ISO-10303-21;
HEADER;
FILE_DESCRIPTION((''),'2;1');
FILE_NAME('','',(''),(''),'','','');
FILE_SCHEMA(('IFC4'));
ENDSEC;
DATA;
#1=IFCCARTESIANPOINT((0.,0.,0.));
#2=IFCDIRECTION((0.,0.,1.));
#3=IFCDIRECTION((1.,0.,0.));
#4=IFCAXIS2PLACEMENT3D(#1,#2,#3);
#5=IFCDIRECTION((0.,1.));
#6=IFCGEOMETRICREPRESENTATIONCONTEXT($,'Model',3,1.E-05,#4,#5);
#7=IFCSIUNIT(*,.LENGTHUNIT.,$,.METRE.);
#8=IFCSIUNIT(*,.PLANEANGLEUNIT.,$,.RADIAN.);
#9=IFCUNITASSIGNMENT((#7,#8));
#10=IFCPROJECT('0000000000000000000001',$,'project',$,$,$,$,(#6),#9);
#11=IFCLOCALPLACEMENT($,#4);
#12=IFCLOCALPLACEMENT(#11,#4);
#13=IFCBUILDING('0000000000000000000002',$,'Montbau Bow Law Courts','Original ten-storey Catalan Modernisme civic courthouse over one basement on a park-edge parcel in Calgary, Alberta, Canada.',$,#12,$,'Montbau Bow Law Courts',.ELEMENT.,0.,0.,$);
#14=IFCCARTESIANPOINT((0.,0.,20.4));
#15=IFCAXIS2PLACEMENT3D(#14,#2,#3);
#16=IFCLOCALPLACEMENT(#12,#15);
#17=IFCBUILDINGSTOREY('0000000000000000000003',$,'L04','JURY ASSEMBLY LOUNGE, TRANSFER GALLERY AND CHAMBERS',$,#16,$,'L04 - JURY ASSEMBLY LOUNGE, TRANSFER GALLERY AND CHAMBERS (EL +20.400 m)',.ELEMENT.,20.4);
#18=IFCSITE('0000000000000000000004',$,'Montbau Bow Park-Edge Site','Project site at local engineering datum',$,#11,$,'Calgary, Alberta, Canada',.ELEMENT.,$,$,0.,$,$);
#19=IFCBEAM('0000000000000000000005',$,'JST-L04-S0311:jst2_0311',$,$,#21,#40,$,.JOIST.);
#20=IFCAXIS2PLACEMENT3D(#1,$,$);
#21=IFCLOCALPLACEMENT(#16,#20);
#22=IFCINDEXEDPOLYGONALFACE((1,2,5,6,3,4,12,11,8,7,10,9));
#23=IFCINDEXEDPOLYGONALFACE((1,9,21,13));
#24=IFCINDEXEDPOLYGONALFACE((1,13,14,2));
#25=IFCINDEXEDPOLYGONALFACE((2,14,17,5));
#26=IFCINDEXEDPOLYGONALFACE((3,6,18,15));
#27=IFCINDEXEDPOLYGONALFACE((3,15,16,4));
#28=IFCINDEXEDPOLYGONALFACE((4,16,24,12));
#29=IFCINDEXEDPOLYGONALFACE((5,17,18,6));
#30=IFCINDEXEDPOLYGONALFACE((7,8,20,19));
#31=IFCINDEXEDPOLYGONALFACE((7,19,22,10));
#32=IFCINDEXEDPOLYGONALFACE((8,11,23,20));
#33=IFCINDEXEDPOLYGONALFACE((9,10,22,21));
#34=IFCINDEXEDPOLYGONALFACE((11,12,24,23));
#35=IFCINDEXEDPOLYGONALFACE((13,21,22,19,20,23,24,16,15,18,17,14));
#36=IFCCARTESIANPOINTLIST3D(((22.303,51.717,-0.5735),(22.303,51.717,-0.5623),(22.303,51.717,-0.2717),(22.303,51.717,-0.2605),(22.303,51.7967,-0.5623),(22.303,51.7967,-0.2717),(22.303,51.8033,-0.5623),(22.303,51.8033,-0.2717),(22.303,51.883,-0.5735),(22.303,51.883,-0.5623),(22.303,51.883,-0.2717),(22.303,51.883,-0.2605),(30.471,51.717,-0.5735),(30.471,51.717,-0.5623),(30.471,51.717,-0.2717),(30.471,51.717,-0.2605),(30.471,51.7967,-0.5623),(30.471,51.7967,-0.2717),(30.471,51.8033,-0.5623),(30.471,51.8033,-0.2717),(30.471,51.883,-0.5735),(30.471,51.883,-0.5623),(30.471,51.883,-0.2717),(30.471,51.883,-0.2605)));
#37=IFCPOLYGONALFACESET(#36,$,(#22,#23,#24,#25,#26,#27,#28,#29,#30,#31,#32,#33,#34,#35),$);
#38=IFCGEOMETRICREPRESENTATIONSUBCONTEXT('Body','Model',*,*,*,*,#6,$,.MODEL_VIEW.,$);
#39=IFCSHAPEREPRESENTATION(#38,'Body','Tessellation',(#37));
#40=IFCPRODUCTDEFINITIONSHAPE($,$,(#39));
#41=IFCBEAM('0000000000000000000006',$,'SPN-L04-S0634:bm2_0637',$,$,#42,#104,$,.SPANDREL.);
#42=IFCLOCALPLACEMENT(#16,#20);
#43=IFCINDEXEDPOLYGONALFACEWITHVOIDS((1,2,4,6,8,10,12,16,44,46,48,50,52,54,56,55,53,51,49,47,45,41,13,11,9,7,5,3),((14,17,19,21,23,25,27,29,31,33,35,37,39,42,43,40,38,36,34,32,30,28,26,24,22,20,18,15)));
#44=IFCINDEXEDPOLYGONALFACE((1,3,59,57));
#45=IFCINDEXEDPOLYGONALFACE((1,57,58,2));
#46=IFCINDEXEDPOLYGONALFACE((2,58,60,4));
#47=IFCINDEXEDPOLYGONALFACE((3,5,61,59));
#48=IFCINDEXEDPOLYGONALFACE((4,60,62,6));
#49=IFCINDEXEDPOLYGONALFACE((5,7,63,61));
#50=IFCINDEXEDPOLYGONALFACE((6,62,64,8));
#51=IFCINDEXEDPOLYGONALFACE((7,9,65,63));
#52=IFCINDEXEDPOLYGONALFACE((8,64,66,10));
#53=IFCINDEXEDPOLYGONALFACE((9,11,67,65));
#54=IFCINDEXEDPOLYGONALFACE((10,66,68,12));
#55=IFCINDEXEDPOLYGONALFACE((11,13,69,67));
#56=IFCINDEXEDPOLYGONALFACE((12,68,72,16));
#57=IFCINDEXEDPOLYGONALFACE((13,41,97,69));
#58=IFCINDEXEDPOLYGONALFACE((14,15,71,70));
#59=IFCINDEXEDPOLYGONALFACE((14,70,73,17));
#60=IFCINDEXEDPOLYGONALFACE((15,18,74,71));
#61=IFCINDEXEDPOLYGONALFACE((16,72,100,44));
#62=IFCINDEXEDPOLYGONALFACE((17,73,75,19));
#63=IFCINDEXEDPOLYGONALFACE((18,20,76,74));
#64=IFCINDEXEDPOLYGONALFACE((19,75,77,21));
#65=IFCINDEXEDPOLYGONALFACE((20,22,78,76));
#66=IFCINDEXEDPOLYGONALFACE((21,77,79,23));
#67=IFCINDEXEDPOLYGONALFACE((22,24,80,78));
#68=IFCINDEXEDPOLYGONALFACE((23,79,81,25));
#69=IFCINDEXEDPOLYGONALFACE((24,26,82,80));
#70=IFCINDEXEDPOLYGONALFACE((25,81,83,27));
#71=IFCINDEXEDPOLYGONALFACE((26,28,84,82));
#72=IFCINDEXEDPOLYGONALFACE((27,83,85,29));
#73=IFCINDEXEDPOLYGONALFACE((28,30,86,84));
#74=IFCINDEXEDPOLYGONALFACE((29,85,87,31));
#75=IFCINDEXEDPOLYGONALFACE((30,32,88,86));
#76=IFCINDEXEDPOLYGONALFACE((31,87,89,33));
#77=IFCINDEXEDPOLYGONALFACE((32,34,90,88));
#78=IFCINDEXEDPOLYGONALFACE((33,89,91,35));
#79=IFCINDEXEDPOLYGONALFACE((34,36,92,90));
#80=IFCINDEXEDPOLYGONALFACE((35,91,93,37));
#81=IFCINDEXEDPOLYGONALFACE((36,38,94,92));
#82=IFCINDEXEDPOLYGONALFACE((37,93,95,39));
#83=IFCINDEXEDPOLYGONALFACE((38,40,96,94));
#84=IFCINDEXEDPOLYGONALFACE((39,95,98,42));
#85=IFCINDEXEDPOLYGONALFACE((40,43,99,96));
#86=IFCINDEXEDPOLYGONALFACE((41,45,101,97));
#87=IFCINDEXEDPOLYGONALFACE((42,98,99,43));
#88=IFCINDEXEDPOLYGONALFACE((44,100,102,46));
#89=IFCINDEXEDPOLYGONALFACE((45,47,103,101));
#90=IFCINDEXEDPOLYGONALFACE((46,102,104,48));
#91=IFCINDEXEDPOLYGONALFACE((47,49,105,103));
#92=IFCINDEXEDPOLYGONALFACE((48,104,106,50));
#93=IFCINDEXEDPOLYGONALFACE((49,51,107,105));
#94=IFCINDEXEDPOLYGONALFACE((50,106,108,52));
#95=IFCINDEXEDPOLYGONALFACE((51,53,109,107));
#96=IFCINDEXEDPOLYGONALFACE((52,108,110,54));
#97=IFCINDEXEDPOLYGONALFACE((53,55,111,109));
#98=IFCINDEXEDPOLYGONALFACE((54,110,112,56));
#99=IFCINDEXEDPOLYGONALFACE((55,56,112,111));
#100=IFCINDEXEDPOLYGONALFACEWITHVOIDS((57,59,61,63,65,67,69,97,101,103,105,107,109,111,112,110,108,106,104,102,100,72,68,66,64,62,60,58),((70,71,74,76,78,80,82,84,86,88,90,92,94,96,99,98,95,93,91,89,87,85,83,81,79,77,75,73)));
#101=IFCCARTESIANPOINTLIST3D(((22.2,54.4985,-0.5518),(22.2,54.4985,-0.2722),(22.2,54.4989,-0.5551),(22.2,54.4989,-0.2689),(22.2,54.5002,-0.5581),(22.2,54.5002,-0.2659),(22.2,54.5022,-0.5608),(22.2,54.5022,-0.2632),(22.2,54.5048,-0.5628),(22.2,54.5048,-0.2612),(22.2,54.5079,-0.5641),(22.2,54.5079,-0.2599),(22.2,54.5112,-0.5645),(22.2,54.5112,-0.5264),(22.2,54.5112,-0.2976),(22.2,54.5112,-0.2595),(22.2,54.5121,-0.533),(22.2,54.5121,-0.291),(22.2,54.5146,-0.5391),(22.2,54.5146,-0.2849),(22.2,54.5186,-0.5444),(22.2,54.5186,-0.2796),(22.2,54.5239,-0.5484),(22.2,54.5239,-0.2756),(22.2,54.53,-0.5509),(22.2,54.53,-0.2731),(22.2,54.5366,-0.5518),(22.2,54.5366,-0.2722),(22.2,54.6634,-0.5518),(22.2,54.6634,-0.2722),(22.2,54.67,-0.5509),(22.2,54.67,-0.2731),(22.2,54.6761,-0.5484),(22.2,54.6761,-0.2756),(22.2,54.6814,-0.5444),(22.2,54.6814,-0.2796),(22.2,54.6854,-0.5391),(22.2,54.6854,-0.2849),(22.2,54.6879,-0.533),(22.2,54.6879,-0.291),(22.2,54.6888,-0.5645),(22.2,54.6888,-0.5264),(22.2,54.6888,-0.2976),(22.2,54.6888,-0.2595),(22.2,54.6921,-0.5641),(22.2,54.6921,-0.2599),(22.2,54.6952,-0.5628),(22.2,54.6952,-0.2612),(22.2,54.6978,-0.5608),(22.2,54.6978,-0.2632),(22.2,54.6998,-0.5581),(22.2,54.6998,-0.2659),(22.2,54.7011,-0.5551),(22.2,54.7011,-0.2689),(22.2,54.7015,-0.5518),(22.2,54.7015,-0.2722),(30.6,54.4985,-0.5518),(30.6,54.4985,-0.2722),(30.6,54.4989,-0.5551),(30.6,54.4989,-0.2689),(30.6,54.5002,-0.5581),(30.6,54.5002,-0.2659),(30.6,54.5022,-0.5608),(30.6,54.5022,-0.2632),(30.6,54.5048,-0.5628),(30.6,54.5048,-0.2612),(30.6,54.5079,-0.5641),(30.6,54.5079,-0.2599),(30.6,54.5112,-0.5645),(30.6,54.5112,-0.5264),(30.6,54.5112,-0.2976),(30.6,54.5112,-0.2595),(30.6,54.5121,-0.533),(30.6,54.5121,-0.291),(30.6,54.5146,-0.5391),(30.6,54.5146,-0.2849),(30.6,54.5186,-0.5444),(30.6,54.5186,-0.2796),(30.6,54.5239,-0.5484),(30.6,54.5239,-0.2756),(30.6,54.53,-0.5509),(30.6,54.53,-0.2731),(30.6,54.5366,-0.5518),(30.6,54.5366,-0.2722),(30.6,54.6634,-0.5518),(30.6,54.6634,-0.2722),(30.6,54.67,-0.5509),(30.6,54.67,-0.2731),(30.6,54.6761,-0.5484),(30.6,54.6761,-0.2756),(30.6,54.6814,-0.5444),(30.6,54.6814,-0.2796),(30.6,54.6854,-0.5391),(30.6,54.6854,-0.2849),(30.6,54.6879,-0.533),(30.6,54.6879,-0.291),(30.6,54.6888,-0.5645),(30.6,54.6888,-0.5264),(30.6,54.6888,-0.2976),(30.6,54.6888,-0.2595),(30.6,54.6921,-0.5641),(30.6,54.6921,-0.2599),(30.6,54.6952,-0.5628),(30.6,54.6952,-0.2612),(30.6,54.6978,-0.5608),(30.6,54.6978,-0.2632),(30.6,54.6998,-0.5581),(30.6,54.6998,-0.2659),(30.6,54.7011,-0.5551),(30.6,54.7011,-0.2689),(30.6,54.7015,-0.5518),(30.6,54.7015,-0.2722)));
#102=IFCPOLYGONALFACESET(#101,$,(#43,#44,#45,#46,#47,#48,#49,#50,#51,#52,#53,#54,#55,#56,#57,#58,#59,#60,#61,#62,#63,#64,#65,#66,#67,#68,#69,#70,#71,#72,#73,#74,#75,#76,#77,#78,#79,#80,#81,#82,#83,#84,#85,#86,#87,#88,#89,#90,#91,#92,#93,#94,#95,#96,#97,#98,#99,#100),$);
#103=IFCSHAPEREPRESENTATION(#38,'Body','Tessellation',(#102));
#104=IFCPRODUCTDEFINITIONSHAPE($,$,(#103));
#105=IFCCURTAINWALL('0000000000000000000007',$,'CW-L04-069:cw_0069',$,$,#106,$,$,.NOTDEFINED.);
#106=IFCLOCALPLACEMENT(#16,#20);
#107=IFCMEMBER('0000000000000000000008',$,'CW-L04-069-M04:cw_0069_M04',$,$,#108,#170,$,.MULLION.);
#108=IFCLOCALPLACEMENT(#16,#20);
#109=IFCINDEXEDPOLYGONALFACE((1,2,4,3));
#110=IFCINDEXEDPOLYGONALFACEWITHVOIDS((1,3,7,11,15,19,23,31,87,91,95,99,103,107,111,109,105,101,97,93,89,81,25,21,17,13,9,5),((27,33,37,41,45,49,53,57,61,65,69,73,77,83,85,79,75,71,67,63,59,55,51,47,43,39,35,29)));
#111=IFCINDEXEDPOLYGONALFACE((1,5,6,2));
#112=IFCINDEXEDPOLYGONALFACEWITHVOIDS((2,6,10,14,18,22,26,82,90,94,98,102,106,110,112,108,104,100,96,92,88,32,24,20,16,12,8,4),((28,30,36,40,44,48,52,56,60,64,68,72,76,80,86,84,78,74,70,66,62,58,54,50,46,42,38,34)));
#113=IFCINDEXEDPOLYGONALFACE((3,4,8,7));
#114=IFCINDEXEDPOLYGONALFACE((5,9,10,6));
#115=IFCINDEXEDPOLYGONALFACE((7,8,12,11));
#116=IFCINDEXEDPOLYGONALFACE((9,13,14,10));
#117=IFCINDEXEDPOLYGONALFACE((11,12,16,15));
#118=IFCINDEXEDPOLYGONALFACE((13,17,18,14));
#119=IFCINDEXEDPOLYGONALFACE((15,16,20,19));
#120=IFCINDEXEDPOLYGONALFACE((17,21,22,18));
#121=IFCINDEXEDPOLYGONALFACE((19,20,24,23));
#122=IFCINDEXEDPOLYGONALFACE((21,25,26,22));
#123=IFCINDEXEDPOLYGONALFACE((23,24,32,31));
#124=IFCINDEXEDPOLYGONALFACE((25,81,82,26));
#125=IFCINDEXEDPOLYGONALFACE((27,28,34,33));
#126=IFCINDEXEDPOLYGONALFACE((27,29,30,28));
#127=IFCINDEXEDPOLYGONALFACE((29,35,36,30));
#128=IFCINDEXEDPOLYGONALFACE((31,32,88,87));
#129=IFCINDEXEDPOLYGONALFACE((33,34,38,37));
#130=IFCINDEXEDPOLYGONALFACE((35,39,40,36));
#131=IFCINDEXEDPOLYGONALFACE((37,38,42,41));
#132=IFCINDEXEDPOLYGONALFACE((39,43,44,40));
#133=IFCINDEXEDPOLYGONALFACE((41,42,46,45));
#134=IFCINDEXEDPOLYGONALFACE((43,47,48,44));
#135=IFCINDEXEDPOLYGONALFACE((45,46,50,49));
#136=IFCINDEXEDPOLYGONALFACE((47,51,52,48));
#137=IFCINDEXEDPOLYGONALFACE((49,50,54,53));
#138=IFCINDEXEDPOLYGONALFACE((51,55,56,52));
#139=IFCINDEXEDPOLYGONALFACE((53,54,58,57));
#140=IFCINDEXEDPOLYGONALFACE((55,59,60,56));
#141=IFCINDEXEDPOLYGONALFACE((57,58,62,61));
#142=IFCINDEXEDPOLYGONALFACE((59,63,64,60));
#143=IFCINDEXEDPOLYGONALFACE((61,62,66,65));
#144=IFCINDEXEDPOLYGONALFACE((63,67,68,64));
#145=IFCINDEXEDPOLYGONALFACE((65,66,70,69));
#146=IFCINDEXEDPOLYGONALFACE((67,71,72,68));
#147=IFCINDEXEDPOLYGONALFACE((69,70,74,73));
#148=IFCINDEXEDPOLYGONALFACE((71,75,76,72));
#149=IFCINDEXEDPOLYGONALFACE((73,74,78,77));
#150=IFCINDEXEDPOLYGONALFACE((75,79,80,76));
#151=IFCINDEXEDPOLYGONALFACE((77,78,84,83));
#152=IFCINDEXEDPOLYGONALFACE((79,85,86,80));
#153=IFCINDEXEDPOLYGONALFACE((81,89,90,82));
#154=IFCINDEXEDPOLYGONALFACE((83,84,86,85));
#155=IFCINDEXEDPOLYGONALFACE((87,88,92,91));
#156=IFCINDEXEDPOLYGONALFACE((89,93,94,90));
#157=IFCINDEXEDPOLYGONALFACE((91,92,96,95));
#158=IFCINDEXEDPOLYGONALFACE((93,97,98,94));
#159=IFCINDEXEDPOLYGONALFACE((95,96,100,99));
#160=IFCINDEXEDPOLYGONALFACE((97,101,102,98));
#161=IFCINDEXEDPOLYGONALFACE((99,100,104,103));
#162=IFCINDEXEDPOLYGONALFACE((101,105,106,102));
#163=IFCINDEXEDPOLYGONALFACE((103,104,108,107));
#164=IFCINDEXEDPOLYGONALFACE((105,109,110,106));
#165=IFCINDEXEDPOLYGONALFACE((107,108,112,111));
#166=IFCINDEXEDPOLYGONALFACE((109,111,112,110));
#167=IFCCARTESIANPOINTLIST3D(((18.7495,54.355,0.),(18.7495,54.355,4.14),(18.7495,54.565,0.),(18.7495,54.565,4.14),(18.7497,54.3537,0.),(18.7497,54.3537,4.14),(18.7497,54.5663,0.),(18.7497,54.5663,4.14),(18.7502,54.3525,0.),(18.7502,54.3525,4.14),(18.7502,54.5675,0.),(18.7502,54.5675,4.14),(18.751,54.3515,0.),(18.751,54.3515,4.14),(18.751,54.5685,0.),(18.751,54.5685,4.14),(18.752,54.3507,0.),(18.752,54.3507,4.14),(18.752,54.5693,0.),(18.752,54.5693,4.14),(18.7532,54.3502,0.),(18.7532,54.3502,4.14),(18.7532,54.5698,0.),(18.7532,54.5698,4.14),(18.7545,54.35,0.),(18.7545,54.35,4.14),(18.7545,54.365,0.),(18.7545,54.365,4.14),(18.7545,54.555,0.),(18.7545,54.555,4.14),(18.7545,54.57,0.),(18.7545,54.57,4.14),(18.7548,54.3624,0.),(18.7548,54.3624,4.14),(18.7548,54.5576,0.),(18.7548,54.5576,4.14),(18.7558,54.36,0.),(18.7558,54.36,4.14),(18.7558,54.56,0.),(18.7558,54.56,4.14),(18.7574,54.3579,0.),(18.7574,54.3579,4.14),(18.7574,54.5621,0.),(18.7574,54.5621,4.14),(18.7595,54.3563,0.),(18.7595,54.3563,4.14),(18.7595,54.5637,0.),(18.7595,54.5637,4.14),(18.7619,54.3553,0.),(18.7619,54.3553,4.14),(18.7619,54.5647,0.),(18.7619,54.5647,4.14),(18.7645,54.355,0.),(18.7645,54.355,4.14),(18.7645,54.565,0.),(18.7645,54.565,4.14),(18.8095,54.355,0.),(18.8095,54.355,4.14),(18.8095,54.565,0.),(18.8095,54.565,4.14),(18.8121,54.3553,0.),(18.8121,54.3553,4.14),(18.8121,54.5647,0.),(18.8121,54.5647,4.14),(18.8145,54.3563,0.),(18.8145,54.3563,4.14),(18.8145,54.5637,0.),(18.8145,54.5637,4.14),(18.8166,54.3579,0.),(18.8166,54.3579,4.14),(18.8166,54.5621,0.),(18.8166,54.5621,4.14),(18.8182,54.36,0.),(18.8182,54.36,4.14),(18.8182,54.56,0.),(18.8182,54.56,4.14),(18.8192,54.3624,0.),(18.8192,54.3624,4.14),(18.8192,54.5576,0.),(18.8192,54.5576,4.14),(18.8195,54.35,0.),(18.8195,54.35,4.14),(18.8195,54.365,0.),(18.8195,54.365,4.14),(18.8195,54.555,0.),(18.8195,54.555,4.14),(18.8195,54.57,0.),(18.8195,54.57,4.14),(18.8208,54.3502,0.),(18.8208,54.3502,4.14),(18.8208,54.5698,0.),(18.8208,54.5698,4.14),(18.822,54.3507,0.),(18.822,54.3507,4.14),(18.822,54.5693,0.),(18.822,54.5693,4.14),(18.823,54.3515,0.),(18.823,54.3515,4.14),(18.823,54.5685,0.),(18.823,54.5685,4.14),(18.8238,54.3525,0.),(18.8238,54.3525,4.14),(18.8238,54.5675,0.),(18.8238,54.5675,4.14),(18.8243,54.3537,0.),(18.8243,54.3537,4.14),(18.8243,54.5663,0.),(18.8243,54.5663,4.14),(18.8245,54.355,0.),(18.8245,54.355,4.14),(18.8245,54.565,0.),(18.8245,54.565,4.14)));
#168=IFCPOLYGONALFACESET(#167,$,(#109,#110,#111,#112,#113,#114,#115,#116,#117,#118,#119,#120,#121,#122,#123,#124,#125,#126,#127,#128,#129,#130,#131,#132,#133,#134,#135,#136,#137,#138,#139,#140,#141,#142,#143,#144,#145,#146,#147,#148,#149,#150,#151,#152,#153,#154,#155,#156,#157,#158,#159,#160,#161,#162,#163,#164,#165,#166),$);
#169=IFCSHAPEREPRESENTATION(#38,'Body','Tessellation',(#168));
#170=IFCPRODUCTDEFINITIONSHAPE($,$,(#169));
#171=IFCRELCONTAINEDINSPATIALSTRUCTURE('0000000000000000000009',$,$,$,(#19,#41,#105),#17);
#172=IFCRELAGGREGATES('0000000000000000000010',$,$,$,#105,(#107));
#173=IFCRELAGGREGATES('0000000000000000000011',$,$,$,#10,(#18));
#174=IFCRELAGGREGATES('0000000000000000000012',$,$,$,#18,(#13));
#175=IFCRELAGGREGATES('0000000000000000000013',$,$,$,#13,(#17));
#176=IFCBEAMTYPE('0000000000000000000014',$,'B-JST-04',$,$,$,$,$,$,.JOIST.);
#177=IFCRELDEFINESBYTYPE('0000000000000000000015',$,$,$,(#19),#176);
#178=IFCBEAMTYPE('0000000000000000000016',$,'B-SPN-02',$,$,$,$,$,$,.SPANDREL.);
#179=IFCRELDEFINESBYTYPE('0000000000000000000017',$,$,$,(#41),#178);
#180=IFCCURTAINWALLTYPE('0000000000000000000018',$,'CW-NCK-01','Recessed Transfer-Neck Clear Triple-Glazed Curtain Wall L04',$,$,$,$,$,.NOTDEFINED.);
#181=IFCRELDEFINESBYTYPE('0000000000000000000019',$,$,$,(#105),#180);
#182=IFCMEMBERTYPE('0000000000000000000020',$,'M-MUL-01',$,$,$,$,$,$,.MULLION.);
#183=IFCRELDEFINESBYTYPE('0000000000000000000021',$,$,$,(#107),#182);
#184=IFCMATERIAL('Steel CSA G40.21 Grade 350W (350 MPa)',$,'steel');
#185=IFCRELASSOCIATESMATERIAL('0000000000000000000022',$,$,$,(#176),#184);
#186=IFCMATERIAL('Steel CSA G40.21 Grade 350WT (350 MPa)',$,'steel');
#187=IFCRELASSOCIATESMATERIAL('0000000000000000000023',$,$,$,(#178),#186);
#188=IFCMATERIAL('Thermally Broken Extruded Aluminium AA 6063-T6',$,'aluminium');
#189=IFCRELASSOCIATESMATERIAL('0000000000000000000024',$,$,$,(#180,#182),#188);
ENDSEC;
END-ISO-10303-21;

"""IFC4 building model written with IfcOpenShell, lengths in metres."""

from ifc_helpers import new_model, si_unit, direction, frame, origin_with_axes, origin_2d_with_axis, place, context, subcontext, project, spatial, hollow_rectangle, i_section, extrude, material, material_profile, profile_set, type_object, element, aggregate, save


model = new_model("IFC4")

# Units and contexts
model_context = context("Model", 3, precision=1e-05, world=origin_with_axes(), true_north=direction((0.0, 1.0)))
body_context = subcontext(model_context, "Body", "Model", "MODEL_VIEW")
ifc_project = project(units=[si_unit("LENGTHUNIT", "METRE"), si_unit("PLANEANGLEUNIT", "RADIAN")], contexts=[model_context])

# Site, building, storey
site_placement = place(None, origin_with_axes())
site = spatial("IfcSite", under=ifc_project, at=site_placement, Name="Montbau Bow Park-Edge Site", Description="Project site at local engineering datum", LongName="Calgary, Alberta, Canada", CompositionType="ELEMENT", RefElevation=0.0)
building_placement = place(site_placement, origin_with_axes())
building = spatial("IfcBuilding", under=site, at=building_placement, Name="Montbau Bow Law Courts", Description="Original ten-storey Catalan Modernisme civic courthouse over one basement on a park-edge parcel in Calgary, Alberta, Canada.", LongName="Montbau Bow Law Courts", CompositionType="ELEMENT", ElevationOfRefHeight=0.0, ElevationOfTerrain=0.0)
storey_placement = place(building_placement, frame((0.0, 0.0, 20.4), z_axis=(0.0, 0.0, 1.0), x_axis=(1.0, 0.0, 0.0)))
storey = spatial("IfcBuildingStorey", under=building, at=storey_placement, Name="L04", Description="JURY ASSEMBLY LOUNGE, TRANSFER GALLERY AND CHAMBERS", LongName="L04 - JURY ASSEMBLY LOUNGE, TRANSFER GALLERY AND CHAMBERS (EL +20.400 m)", CompositionType="ELEMENT", Elevation=20.4)

# Shared definitions
ifc_material_1 = material(Name="Steel CSA G40.21 Grade 350WT (350 MPa)", Category="steel")
ifc_material_2 = material(Name="Steel CSA G40.21 Grade 350W (350 MPa)", Category="steel")

# Beams
ifc_material_profile_1 = material_profile(ifc_material_2, i_section(OverallWidth=0.166, OverallDepth=0.313, WebThickness=0.0066, FlangeThickness=0.0112, at=origin_2d_with_axis()), Name="W310X45", Category="Main", Priority=0)
ifc_profile_set_1 = profile_set([ifc_material_profile_1], Name="Steel CSA G40.21 Grade 350W (350 MPa)")
beam_type_1 = type_object("IfcBeamType", Name="B-JST-04", PredefinedType="JOIST", material=ifc_profile_set_1)
beam_1_placement = place(None, frame((22.303, 51.8, 19.983), z_axis=(1.0, 0.0, 0.0), x_axis=(0.0, 1.0, 0.0)))
element("IfcBeam", 1, at=beam_1_placement, inside=storey, type_object=beam_type_1, Name="JST-L04-S0311:jst2_0311", PredefinedType="JOIST", context=body_context, shape_type="SweptSolid", body=[
    extrude(i_section(OverallWidth=0.166, OverallDepth=0.313, WebThickness=0.0066, FlangeThickness=0.0112, at=origin_2d_with_axis()), origin_with_axes(), (0.0, 0.0, 1.0), 8.168),
])
ifc_material_profile_2 = material_profile(ifc_material_1, hollow_rectangle(XDim=0.203, YDim=0.305, WallThickness=0.0127, InnerFilletRadius=0.0254, OuterFilletRadius=0.0127, at=origin_2d_with_axis()), Name="HSS305X203X13", Category="Main", Priority=0)
ifc_profile_set_2 = profile_set([ifc_material_profile_2], Name="Steel CSA G40.21 Grade 350WT (350 MPa)")
beam_type_2 = type_object("IfcBeamType", Name="B-SPN-02", PredefinedType="SPANDREL", material=ifc_profile_set_2)
beam_2_placement = place(None, frame((22.2, 54.6, 19.988), z_axis=(1.0, 0.0, 0.0), x_axis=(0.0, 1.0, 0.0)))
element("IfcBeam", 2, at=beam_2_placement, inside=storey, type_object=beam_type_2, Name="SPN-L04-S0634:bm2_0637", PredefinedType="SPANDREL", context=body_context, shape_type="SweptSolid", body=[
    extrude(hollow_rectangle(XDim=0.203, YDim=0.305, WallThickness=0.0127, InnerFilletRadius=0.0254, OuterFilletRadius=0.0127, at=origin_2d_with_axis()), origin_with_axes(), (0.0, 0.0, 1.0), 8.4),
])

# Curtain wall, member
ifc_material_3 = material(Name="Thermally Broken Extruded Aluminium AA 6063-T6", Category="aluminium")
curtain_wall_type = type_object("IfcCurtainWallType", Name="CW-NCK-01", Description="Recessed Transfer-Neck Clear Triple-Glazed Curtain Wall L04", PredefinedType="NOTDEFINED", material=ifc_material_3)
curtain_wall_1_placement = place(None, frame((14.068, 54.46, 20.4), z_axis=(0.0, 0.0, 1.0), x_axis=(1.0, 0.0, 0.0)))
curtain_wall_1 = element("IfcCurtainWall", 3, at=curtain_wall_1_placement, inside=storey, type_object=curtain_wall_type, Name="CW-L04-069:cw_0069", PredefinedType="NOTDEFINED")
ifc_material_profile_3 = material_profile(ifc_material_3, hollow_rectangle(XDim=0.075, YDim=0.22, WallThickness=0.005, InnerFilletRadius=0.01, OuterFilletRadius=0.005, at=origin_2d_with_axis()), Name="CWM-220X75", Category="Main", Priority=0)
ifc_profile_set_3 = profile_set([ifc_material_profile_3], Name="Thermally Broken Extruded Aluminium AA 6063-T6")
member_type_1 = type_object("IfcMemberType", Name="M-MUL-01", PredefinedType="MULLION", material=ifc_profile_set_3)
member_1_placement = place(None, frame((18.787, 54.46, 20.4), z_axis=(0.0, 0.0, 1.0), x_axis=(1.0, 0.0, 0.0)))
member_1 = element("IfcMember", 4, at=member_1_placement, type_object=member_type_1, Name="CW-L04-069-M04:cw_0069_M04", PredefinedType="MULLION", context=body_context, shape_type="SweptSolid", body=[
    extrude(hollow_rectangle(XDim=0.075, YDim=0.22, WallThickness=0.005, InnerFilletRadius=0.01, OuterFilletRadius=0.005, at=origin_2d_with_axis()), origin_with_axes(), (0.0, 0.0, 1.0), 4.14),
])

aggregate(curtain_wall_1, [member_1])

save(model, "model.ifc")
